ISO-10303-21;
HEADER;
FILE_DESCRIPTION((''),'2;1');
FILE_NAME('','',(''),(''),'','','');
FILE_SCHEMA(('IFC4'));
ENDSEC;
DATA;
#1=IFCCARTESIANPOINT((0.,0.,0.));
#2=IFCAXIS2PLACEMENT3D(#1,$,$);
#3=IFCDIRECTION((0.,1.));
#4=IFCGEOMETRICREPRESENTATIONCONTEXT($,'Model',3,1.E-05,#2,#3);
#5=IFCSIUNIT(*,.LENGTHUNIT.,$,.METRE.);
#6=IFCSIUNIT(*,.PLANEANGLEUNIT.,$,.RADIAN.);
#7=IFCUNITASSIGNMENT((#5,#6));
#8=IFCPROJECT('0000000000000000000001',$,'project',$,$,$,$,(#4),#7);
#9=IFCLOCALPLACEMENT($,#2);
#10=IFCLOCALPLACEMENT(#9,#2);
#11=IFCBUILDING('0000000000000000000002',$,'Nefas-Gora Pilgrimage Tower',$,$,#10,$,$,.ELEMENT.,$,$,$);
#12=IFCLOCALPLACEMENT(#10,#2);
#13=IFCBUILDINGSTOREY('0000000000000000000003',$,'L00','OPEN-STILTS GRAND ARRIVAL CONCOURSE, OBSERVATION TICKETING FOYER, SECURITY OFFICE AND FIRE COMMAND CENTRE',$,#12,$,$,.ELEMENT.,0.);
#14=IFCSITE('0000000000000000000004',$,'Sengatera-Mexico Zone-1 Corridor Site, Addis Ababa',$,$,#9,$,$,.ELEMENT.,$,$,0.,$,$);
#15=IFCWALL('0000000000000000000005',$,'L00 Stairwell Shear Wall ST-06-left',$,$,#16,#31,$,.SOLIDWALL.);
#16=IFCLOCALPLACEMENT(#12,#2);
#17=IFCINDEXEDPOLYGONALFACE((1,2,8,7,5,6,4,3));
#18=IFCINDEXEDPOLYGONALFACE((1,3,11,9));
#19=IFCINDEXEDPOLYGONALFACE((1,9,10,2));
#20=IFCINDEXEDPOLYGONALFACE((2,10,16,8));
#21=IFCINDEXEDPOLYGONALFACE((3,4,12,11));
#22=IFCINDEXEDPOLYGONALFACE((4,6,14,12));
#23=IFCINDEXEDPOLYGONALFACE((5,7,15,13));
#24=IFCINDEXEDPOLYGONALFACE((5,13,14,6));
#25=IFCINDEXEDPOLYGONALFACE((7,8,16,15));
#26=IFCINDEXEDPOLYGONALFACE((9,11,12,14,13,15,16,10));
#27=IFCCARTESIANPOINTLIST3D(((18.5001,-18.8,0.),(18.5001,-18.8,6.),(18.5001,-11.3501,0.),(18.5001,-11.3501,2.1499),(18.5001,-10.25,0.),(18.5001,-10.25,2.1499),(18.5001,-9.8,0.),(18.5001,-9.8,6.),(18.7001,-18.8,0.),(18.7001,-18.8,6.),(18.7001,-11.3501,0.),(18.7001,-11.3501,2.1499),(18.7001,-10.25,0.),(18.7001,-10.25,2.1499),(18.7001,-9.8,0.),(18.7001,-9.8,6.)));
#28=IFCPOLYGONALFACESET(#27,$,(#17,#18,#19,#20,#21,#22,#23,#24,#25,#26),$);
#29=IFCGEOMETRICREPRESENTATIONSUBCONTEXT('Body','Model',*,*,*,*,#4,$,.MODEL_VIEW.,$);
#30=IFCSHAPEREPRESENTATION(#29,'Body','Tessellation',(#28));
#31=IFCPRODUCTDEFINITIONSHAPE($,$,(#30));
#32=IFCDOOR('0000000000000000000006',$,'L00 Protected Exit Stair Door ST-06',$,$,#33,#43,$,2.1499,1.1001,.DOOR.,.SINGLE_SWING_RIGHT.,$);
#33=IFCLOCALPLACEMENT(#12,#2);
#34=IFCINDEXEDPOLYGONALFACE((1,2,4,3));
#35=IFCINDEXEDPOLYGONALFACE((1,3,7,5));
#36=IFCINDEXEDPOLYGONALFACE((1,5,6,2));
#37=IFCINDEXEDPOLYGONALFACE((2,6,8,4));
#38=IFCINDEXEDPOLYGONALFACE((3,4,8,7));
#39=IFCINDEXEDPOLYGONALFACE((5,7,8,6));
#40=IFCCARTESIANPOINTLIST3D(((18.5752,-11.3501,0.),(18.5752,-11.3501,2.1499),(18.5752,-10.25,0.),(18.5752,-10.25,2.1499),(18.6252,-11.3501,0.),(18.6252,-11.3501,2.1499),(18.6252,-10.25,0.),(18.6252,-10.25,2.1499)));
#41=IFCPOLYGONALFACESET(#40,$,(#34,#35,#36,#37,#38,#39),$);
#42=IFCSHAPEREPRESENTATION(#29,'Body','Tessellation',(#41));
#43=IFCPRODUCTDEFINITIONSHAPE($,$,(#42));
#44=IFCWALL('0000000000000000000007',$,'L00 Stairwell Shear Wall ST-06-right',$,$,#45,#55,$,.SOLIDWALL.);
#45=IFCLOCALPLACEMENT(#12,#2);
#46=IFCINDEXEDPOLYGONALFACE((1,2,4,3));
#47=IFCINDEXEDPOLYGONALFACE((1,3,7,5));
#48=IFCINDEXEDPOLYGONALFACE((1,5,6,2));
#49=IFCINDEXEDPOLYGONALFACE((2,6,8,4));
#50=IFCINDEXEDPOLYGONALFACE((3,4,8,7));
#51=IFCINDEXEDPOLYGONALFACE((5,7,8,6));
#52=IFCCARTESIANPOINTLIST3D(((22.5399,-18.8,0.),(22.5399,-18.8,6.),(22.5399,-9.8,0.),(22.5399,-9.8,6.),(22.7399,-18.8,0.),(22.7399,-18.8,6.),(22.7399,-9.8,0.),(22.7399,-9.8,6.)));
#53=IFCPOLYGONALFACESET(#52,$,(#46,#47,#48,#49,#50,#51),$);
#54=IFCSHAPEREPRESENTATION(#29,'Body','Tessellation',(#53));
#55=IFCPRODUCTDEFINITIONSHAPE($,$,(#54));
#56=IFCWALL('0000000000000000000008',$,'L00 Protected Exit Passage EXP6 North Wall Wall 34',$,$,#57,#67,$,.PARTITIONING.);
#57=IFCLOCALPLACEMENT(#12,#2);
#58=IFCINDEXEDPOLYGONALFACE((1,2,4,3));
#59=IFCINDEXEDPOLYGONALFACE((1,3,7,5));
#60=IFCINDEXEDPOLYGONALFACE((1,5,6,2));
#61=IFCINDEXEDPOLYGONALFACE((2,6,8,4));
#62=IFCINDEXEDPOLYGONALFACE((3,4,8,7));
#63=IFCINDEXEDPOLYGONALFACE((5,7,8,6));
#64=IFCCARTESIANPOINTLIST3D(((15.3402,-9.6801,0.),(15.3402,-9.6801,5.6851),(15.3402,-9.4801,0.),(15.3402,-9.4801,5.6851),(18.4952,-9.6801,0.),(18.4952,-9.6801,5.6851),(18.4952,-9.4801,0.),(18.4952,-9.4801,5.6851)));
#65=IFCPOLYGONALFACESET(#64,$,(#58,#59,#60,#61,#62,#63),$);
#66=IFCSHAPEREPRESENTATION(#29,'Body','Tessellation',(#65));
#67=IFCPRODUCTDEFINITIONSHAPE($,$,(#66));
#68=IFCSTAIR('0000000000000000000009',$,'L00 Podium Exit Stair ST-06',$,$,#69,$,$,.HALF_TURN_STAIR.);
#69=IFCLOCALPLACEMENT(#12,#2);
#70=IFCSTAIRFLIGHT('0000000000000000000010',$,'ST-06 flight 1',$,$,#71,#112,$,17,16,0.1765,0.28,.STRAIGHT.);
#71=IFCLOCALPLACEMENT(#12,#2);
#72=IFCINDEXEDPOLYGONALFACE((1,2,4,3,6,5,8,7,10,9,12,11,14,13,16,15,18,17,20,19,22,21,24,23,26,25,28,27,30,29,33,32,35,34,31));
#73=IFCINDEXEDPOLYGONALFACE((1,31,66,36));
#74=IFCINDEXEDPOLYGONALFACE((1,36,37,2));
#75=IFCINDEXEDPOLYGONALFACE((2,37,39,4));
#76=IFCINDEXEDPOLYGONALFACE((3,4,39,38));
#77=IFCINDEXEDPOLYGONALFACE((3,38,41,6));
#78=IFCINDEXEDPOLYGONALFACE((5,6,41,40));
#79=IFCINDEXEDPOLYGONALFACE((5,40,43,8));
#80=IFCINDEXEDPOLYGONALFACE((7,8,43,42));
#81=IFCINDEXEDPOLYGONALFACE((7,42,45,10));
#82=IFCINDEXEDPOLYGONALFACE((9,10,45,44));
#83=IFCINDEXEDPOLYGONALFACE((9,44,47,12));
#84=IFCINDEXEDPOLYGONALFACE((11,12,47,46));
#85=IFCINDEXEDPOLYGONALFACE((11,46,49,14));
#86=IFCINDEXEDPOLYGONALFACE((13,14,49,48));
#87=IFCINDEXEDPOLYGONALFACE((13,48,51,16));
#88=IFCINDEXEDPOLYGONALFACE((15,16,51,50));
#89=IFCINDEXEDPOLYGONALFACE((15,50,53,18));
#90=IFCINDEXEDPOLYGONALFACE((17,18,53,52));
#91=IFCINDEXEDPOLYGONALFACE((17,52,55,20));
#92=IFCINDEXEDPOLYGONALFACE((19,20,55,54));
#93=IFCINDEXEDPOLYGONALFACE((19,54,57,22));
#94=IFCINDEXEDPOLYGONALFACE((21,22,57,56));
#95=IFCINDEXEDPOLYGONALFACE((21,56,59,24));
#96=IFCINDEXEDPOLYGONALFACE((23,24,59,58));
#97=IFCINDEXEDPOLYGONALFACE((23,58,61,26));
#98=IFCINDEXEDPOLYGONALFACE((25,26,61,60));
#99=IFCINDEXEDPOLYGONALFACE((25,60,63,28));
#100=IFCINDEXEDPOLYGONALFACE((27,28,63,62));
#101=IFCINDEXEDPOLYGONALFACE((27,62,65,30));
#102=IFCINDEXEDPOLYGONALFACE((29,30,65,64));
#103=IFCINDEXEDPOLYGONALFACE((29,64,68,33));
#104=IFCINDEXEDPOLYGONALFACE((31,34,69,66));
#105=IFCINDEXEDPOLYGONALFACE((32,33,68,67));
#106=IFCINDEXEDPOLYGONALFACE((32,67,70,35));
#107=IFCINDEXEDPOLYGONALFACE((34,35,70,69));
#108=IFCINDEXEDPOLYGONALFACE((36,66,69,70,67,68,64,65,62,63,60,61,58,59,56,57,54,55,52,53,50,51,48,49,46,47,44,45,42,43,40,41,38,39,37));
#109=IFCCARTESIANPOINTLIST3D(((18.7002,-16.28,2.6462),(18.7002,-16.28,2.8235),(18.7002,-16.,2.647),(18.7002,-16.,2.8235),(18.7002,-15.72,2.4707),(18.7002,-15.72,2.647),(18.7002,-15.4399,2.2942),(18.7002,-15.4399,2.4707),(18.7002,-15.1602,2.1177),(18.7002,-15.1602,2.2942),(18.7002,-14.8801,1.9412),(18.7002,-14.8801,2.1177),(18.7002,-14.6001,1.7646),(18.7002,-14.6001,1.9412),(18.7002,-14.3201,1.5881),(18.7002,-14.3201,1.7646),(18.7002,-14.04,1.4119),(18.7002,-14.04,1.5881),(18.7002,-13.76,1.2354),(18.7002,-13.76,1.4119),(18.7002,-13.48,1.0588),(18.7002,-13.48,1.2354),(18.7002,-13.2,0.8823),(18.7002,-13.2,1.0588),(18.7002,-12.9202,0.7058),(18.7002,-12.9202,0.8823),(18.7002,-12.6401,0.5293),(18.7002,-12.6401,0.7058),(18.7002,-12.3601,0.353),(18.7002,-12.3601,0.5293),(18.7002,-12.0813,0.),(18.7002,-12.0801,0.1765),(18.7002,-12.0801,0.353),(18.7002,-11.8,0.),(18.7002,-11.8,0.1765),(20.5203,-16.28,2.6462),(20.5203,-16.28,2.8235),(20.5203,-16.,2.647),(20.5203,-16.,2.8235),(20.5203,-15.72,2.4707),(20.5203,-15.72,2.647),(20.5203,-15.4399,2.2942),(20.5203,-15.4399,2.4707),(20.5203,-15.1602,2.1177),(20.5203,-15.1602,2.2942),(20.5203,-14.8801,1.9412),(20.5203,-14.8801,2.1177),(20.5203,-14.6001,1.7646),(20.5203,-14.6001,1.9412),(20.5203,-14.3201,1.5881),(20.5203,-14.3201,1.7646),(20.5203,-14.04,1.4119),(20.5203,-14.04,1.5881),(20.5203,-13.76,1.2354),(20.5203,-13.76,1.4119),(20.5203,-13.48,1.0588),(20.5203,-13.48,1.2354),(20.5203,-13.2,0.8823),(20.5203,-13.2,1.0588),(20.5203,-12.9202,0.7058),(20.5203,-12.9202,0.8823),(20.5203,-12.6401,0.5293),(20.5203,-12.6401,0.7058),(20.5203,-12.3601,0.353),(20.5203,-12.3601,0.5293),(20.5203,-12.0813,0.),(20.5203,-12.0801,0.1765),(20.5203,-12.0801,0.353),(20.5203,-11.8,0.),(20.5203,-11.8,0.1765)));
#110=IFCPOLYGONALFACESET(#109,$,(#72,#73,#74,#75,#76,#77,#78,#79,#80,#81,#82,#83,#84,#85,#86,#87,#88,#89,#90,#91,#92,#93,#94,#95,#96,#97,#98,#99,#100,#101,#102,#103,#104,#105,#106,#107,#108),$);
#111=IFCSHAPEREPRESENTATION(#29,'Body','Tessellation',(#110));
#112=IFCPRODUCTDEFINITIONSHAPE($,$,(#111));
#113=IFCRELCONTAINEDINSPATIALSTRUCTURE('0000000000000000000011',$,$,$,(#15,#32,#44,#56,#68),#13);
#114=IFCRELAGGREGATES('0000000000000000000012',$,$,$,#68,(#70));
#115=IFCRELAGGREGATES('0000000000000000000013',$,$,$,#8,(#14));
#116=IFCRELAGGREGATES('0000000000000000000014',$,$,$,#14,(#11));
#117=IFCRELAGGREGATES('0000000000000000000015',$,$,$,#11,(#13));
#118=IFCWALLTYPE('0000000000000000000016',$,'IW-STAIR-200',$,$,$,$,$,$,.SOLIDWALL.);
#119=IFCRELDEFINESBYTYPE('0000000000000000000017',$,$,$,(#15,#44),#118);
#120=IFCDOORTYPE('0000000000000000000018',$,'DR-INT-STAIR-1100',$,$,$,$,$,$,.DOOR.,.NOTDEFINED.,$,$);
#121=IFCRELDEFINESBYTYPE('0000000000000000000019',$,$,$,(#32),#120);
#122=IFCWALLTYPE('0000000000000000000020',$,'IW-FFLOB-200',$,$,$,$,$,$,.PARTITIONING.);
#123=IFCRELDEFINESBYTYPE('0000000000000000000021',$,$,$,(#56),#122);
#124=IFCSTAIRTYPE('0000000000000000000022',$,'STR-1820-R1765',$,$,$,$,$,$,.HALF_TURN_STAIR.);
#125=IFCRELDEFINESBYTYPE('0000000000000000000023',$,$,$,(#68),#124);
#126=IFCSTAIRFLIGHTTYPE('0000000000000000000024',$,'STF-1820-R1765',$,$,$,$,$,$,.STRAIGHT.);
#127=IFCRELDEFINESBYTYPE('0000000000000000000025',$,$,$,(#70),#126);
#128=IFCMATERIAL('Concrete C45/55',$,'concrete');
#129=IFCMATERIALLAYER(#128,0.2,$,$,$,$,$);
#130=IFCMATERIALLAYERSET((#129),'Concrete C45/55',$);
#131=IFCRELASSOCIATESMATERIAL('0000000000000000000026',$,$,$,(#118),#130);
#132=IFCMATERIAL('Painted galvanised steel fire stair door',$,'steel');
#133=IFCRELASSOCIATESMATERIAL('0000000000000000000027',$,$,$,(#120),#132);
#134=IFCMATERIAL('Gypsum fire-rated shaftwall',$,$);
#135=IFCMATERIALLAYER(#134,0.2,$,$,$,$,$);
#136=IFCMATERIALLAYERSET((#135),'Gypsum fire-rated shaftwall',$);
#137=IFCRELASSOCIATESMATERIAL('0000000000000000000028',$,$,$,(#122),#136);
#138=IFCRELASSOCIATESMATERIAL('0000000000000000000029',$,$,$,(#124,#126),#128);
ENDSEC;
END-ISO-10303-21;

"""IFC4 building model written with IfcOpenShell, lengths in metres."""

from ifc_helpers import new_model, si_unit, direction, frame, frame_2d, origin, place, context, subcontext, project, spatial, polyline, rectangle, outline, extrude, source, transform, mapped, material, layer, layer_set, type_object, element, fill, aggregate, save


model = new_model("IFC4")

# Units and contexts
model_context = context("Model", 3, precision=1e-05, world=origin(), true_north=direction((0.0, 1.0)))
body_context = subcontext(model_context, "Body", "Model", "MODEL_VIEW")
ifc_project = project(units=[si_unit("LENGTHUNIT", "METRE"), si_unit("PLANEANGLEUNIT", "RADIAN")], contexts=[model_context])

# Site, building, storey
site_placement = place(None, origin())
site = spatial("IfcSite", under=ifc_project, at=site_placement, Name="Sengatera-Mexico Zone-1 Corridor Site, Addis Ababa", CompositionType="ELEMENT", RefElevation=0.0)
building_placement = place(site_placement, origin())
building = spatial("IfcBuilding", under=site, at=building_placement, Name="Nefas-Gora Pilgrimage Tower", CompositionType="ELEMENT")
storey_placement = place(building_placement, origin())
storey = spatial("IfcBuildingStorey", under=building, at=storey_placement, Name="L00", Description="OPEN-STILTS GRAND ARRIVAL CONCOURSE, OBSERVATION TICKETING FOYER, SECURITY OFFICE AND FIRE COMMAND CENTRE", CompositionType="ELEMENT", Elevation=0.0)

# Shared definitions
ifc_material_1 = material(Name="Concrete C45/55", Category="concrete")
ifc_layer_1 = layer(ifc_material_1, 0.2)
ifc_layer_set_1 = layer_set([ifc_layer_1], Name="Concrete C45/55")
wall_type_1 = type_object("IfcWallType", Name="IW-STAIR-200", PredefinedType="SOLIDWALL", material=ifc_layer_set_1)

# Wall, opening, door
shared_shape_1 = source(origin(), body_context, "Body", "SweptSolid", [
    extrude(rectangle(XDim=9.0, YDim=0.2, at=frame_2d((4.5, 0.0))), origin(), (0.0, 0.0, 1.0), 6.0),
])
wall_1_placement = place(storey_placement, frame((18.6001, -9.8, 0.0), z_axis=(0.0, 0.0, 1.0), x_axis=(0.0, -1.0, 0.0)))
wall_1 = element("IfcWall", 1, at=wall_1_placement, inside=storey, type_object=wall_type_1, Name="L00 Stairwell Shear Wall ST-06-left", PredefinedType="SOLIDWALL", context=body_context, shape_type="MappedRepresentation", body=[
    mapped(shared_shape_1, transform((0.0, 0.0, 0.0), x_axis=(1.0, 0.0, 0.0), y_axis=(0.0, 1.0, 0.0), z_axis=(0.0, 0.0, 1.0), scale=1.0)),
])
opening_1_placement = place(wall_1_placement, frame((0.45, 0.0, 0.0)))
opening_1 = element("IfcOpeningElement", 2, at=opening_1_placement, cuts=wall_1, PredefinedType="OPENING", context=body_context, shape_type="SweptSolid", body=[
    extrude(rectangle(XDim=1.1001, YDim=2.1499, at=frame_2d((0.55, 1.075))), frame((0.0, 0.1099, 0.0), z_axis=(0.0, -1.0, 0.0), x_axis=(1.0, 0.0, 0.0)), (0.0, 0.0, 1.0), 0.22),
])
ifc_material_2 = material(Name="Painted galvanised steel fire stair door", Category="steel")
door_type_1 = type_object("IfcDoorType", Name="DR-INT-STAIR-1100", OperationType="NOTDEFINED", PredefinedType="DOOR", material=ifc_material_2)
shared_shape_2 = source(origin(), body_context, "Body", "SweptSolid", [
    extrude(rectangle(XDim=1.1001, YDim=2.1499, at=frame_2d((0.55, 1.075))), frame((0.0, 0.0249, 0.0), z_axis=(0.0, -1.0, 0.0), x_axis=(1.0, 0.0, 0.0)), (0.0, 0.0, 1.0), 0.05),
])
door_1_placement = place(opening_1_placement, frame((1.1001, 0.0, 0.0), z_axis=(0.0, 0.0, 1.0), x_axis=(-1.0, 0.0, 0.0)))
door_1 = element("IfcDoor", 3, at=door_1_placement, inside=storey, type_object=door_type_1, Name="L00 Protected Exit Stair Door ST-06", OperationType="SINGLE_SWING_RIGHT", OverallHeight=2.1499, OverallWidth=1.1001, PredefinedType="DOOR", context=body_context, shape_type="MappedRepresentation", body=[
    mapped(shared_shape_2, transform((0.0, 0.0, 0.0), x_axis=(1.0, 0.0, 0.0), y_axis=(0.0, 1.0, 0.0), z_axis=(0.0, 0.0, 1.0), scale=1.0)),
])
fill(opening_1, door_1)

# Wall
wall_2_placement = place(storey_placement, frame((22.6399, -9.8, 0.0), z_axis=(0.0, 0.0, 1.0), x_axis=(0.0, -1.0, 0.0)))
element("IfcWall", 4, at=wall_2_placement, inside=storey, type_object=wall_type_1, Name="L00 Stairwell Shear Wall ST-06-right", PredefinedType="SOLIDWALL", context=body_context, shape_type="MappedRepresentation", body=[
    mapped(shared_shape_1, transform((0.0, 0.0, 0.0), x_axis=(1.0, 0.0, 0.0), y_axis=(0.0, 1.0, 0.0), z_axis=(0.0, 0.0, 1.0), scale=1.0)),
])

# Shared definitions
ifc_material_3 = material(Name="Gypsum fire-rated shaftwall")
ifc_layer_2 = layer(ifc_material_3, 0.2)
ifc_layer_set_2 = layer_set([ifc_layer_2], Name="Gypsum fire-rated shaftwall")
wall_type_2 = type_object("IfcWallType", Name="IW-FFLOB-200", PredefinedType="PARTITIONING", material=ifc_layer_set_2)

# Wall
shared_shape_3 = source(origin(), body_context, "Body", "SweptSolid", [
    extrude(rectangle(XDim=3.155, YDim=0.2, at=frame_2d((1.5776, 0.0))), origin(), (0.0, 0.0, 1.0), 5.6851),
])
wall_3_placement = place(storey_placement, frame((15.3401, -9.5801, 0.0), z_axis=(0.0, 0.0, 1.0), x_axis=(1.0, 0.0, 0.0)))
element("IfcWall", 5, at=wall_3_placement, inside=storey, type_object=wall_type_2, Name="L00 Protected Exit Passage EXP6 North Wall Wall 34", PredefinedType="PARTITIONING", context=body_context, shape_type="MappedRepresentation", body=[
    mapped(shared_shape_3, transform((0.0, 0.0, 0.0), x_axis=(1.0, 0.0, 0.0), y_axis=(0.0, 1.0, 0.0), z_axis=(0.0, 0.0, 1.0), scale=1.0)),
])

# Stair, stair flight
stair_type = type_object("IfcStairType", Name="STR-1820-R1765", PredefinedType="HALF_TURN_STAIR", material=ifc_material_1)
stair_placement = place(storey_placement, origin())
stair = element("IfcStair", 6, at=stair_placement, inside=storey, type_object=stair_type, Name="L00 Podium Exit Stair ST-06", PredefinedType="HALF_TURN_STAIR")
stair_flight_type = type_object("IfcStairFlightType", Name="STF-1820-R1765", PredefinedType="STRAIGHT", material=ifc_material_1)
shared_shape_4 = source(origin(), body_context, "Body", "SweptSolid", [
    extrude(outline(polyline([(0.0, 0.0), (0.0, 0.1765), (0.28, 0.1765), (0.28, 0.353), (0.5601, 0.353), (0.5601, 0.5293), (0.8401, 0.5293), (0.8401, 0.7058), (1.1201, 0.7058), (1.1201, 0.8823), (1.3999, 0.8823), (1.3999, 1.0588), (1.6799, 1.0588), (1.6799, 1.2354), (1.96, 1.2354), (1.96, 1.4119), (2.24, 1.4119), (2.24, 1.5881), (2.52, 1.5881), (2.52, 1.7646), (2.8, 1.7646), (2.8, 1.9412), (3.0801, 1.9412), (3.0801, 2.1177), (3.3601, 2.1177), (3.3601, 2.2942), (3.6399, 2.2942), (3.6399, 2.4707), (3.9199, 2.4707), (3.9199, 2.647), (4.2, 2.647), (4.2, 2.8235), (4.48, 2.8235), (4.48, 3.0), (4.48, 2.6462), (0.2812, 0.0), (0.0, 0.0)])), frame((0.0, 0.9102, 0.0), z_axis=(0.0, -1.0, 0.0), x_axis=(1.0, 0.0, 0.0)), (0.0, 0.0, 1.0), 1.8201),
])
stair_flight_placement = place(storey_placement, frame((19.6101, -11.8, 0.0), z_axis=(0.0, 0.0, 1.0), x_axis=(0.0, -1.0, 0.0)))
stair_flight = element("IfcStairFlight", 7, at=stair_flight_placement, type_object=stair_flight_type, Name="ST-06 flight 1", NumberOfRisers=17, NumberOfTreads=16, PredefinedType="STRAIGHT", RiserHeight=0.1765, TreadLength=0.28, context=body_context, shape_type="MappedRepresentation", body=[
    mapped(shared_shape_4, transform((0.0, 0.0, 0.0), x_axis=(1.0, 0.0, 0.0), y_axis=(0.0, 1.0, 0.0), z_axis=(0.0, 0.0, 1.0), scale=1.0)),
])
aggregate(stair, [stair_flight])

save(model, "model.ifc")
